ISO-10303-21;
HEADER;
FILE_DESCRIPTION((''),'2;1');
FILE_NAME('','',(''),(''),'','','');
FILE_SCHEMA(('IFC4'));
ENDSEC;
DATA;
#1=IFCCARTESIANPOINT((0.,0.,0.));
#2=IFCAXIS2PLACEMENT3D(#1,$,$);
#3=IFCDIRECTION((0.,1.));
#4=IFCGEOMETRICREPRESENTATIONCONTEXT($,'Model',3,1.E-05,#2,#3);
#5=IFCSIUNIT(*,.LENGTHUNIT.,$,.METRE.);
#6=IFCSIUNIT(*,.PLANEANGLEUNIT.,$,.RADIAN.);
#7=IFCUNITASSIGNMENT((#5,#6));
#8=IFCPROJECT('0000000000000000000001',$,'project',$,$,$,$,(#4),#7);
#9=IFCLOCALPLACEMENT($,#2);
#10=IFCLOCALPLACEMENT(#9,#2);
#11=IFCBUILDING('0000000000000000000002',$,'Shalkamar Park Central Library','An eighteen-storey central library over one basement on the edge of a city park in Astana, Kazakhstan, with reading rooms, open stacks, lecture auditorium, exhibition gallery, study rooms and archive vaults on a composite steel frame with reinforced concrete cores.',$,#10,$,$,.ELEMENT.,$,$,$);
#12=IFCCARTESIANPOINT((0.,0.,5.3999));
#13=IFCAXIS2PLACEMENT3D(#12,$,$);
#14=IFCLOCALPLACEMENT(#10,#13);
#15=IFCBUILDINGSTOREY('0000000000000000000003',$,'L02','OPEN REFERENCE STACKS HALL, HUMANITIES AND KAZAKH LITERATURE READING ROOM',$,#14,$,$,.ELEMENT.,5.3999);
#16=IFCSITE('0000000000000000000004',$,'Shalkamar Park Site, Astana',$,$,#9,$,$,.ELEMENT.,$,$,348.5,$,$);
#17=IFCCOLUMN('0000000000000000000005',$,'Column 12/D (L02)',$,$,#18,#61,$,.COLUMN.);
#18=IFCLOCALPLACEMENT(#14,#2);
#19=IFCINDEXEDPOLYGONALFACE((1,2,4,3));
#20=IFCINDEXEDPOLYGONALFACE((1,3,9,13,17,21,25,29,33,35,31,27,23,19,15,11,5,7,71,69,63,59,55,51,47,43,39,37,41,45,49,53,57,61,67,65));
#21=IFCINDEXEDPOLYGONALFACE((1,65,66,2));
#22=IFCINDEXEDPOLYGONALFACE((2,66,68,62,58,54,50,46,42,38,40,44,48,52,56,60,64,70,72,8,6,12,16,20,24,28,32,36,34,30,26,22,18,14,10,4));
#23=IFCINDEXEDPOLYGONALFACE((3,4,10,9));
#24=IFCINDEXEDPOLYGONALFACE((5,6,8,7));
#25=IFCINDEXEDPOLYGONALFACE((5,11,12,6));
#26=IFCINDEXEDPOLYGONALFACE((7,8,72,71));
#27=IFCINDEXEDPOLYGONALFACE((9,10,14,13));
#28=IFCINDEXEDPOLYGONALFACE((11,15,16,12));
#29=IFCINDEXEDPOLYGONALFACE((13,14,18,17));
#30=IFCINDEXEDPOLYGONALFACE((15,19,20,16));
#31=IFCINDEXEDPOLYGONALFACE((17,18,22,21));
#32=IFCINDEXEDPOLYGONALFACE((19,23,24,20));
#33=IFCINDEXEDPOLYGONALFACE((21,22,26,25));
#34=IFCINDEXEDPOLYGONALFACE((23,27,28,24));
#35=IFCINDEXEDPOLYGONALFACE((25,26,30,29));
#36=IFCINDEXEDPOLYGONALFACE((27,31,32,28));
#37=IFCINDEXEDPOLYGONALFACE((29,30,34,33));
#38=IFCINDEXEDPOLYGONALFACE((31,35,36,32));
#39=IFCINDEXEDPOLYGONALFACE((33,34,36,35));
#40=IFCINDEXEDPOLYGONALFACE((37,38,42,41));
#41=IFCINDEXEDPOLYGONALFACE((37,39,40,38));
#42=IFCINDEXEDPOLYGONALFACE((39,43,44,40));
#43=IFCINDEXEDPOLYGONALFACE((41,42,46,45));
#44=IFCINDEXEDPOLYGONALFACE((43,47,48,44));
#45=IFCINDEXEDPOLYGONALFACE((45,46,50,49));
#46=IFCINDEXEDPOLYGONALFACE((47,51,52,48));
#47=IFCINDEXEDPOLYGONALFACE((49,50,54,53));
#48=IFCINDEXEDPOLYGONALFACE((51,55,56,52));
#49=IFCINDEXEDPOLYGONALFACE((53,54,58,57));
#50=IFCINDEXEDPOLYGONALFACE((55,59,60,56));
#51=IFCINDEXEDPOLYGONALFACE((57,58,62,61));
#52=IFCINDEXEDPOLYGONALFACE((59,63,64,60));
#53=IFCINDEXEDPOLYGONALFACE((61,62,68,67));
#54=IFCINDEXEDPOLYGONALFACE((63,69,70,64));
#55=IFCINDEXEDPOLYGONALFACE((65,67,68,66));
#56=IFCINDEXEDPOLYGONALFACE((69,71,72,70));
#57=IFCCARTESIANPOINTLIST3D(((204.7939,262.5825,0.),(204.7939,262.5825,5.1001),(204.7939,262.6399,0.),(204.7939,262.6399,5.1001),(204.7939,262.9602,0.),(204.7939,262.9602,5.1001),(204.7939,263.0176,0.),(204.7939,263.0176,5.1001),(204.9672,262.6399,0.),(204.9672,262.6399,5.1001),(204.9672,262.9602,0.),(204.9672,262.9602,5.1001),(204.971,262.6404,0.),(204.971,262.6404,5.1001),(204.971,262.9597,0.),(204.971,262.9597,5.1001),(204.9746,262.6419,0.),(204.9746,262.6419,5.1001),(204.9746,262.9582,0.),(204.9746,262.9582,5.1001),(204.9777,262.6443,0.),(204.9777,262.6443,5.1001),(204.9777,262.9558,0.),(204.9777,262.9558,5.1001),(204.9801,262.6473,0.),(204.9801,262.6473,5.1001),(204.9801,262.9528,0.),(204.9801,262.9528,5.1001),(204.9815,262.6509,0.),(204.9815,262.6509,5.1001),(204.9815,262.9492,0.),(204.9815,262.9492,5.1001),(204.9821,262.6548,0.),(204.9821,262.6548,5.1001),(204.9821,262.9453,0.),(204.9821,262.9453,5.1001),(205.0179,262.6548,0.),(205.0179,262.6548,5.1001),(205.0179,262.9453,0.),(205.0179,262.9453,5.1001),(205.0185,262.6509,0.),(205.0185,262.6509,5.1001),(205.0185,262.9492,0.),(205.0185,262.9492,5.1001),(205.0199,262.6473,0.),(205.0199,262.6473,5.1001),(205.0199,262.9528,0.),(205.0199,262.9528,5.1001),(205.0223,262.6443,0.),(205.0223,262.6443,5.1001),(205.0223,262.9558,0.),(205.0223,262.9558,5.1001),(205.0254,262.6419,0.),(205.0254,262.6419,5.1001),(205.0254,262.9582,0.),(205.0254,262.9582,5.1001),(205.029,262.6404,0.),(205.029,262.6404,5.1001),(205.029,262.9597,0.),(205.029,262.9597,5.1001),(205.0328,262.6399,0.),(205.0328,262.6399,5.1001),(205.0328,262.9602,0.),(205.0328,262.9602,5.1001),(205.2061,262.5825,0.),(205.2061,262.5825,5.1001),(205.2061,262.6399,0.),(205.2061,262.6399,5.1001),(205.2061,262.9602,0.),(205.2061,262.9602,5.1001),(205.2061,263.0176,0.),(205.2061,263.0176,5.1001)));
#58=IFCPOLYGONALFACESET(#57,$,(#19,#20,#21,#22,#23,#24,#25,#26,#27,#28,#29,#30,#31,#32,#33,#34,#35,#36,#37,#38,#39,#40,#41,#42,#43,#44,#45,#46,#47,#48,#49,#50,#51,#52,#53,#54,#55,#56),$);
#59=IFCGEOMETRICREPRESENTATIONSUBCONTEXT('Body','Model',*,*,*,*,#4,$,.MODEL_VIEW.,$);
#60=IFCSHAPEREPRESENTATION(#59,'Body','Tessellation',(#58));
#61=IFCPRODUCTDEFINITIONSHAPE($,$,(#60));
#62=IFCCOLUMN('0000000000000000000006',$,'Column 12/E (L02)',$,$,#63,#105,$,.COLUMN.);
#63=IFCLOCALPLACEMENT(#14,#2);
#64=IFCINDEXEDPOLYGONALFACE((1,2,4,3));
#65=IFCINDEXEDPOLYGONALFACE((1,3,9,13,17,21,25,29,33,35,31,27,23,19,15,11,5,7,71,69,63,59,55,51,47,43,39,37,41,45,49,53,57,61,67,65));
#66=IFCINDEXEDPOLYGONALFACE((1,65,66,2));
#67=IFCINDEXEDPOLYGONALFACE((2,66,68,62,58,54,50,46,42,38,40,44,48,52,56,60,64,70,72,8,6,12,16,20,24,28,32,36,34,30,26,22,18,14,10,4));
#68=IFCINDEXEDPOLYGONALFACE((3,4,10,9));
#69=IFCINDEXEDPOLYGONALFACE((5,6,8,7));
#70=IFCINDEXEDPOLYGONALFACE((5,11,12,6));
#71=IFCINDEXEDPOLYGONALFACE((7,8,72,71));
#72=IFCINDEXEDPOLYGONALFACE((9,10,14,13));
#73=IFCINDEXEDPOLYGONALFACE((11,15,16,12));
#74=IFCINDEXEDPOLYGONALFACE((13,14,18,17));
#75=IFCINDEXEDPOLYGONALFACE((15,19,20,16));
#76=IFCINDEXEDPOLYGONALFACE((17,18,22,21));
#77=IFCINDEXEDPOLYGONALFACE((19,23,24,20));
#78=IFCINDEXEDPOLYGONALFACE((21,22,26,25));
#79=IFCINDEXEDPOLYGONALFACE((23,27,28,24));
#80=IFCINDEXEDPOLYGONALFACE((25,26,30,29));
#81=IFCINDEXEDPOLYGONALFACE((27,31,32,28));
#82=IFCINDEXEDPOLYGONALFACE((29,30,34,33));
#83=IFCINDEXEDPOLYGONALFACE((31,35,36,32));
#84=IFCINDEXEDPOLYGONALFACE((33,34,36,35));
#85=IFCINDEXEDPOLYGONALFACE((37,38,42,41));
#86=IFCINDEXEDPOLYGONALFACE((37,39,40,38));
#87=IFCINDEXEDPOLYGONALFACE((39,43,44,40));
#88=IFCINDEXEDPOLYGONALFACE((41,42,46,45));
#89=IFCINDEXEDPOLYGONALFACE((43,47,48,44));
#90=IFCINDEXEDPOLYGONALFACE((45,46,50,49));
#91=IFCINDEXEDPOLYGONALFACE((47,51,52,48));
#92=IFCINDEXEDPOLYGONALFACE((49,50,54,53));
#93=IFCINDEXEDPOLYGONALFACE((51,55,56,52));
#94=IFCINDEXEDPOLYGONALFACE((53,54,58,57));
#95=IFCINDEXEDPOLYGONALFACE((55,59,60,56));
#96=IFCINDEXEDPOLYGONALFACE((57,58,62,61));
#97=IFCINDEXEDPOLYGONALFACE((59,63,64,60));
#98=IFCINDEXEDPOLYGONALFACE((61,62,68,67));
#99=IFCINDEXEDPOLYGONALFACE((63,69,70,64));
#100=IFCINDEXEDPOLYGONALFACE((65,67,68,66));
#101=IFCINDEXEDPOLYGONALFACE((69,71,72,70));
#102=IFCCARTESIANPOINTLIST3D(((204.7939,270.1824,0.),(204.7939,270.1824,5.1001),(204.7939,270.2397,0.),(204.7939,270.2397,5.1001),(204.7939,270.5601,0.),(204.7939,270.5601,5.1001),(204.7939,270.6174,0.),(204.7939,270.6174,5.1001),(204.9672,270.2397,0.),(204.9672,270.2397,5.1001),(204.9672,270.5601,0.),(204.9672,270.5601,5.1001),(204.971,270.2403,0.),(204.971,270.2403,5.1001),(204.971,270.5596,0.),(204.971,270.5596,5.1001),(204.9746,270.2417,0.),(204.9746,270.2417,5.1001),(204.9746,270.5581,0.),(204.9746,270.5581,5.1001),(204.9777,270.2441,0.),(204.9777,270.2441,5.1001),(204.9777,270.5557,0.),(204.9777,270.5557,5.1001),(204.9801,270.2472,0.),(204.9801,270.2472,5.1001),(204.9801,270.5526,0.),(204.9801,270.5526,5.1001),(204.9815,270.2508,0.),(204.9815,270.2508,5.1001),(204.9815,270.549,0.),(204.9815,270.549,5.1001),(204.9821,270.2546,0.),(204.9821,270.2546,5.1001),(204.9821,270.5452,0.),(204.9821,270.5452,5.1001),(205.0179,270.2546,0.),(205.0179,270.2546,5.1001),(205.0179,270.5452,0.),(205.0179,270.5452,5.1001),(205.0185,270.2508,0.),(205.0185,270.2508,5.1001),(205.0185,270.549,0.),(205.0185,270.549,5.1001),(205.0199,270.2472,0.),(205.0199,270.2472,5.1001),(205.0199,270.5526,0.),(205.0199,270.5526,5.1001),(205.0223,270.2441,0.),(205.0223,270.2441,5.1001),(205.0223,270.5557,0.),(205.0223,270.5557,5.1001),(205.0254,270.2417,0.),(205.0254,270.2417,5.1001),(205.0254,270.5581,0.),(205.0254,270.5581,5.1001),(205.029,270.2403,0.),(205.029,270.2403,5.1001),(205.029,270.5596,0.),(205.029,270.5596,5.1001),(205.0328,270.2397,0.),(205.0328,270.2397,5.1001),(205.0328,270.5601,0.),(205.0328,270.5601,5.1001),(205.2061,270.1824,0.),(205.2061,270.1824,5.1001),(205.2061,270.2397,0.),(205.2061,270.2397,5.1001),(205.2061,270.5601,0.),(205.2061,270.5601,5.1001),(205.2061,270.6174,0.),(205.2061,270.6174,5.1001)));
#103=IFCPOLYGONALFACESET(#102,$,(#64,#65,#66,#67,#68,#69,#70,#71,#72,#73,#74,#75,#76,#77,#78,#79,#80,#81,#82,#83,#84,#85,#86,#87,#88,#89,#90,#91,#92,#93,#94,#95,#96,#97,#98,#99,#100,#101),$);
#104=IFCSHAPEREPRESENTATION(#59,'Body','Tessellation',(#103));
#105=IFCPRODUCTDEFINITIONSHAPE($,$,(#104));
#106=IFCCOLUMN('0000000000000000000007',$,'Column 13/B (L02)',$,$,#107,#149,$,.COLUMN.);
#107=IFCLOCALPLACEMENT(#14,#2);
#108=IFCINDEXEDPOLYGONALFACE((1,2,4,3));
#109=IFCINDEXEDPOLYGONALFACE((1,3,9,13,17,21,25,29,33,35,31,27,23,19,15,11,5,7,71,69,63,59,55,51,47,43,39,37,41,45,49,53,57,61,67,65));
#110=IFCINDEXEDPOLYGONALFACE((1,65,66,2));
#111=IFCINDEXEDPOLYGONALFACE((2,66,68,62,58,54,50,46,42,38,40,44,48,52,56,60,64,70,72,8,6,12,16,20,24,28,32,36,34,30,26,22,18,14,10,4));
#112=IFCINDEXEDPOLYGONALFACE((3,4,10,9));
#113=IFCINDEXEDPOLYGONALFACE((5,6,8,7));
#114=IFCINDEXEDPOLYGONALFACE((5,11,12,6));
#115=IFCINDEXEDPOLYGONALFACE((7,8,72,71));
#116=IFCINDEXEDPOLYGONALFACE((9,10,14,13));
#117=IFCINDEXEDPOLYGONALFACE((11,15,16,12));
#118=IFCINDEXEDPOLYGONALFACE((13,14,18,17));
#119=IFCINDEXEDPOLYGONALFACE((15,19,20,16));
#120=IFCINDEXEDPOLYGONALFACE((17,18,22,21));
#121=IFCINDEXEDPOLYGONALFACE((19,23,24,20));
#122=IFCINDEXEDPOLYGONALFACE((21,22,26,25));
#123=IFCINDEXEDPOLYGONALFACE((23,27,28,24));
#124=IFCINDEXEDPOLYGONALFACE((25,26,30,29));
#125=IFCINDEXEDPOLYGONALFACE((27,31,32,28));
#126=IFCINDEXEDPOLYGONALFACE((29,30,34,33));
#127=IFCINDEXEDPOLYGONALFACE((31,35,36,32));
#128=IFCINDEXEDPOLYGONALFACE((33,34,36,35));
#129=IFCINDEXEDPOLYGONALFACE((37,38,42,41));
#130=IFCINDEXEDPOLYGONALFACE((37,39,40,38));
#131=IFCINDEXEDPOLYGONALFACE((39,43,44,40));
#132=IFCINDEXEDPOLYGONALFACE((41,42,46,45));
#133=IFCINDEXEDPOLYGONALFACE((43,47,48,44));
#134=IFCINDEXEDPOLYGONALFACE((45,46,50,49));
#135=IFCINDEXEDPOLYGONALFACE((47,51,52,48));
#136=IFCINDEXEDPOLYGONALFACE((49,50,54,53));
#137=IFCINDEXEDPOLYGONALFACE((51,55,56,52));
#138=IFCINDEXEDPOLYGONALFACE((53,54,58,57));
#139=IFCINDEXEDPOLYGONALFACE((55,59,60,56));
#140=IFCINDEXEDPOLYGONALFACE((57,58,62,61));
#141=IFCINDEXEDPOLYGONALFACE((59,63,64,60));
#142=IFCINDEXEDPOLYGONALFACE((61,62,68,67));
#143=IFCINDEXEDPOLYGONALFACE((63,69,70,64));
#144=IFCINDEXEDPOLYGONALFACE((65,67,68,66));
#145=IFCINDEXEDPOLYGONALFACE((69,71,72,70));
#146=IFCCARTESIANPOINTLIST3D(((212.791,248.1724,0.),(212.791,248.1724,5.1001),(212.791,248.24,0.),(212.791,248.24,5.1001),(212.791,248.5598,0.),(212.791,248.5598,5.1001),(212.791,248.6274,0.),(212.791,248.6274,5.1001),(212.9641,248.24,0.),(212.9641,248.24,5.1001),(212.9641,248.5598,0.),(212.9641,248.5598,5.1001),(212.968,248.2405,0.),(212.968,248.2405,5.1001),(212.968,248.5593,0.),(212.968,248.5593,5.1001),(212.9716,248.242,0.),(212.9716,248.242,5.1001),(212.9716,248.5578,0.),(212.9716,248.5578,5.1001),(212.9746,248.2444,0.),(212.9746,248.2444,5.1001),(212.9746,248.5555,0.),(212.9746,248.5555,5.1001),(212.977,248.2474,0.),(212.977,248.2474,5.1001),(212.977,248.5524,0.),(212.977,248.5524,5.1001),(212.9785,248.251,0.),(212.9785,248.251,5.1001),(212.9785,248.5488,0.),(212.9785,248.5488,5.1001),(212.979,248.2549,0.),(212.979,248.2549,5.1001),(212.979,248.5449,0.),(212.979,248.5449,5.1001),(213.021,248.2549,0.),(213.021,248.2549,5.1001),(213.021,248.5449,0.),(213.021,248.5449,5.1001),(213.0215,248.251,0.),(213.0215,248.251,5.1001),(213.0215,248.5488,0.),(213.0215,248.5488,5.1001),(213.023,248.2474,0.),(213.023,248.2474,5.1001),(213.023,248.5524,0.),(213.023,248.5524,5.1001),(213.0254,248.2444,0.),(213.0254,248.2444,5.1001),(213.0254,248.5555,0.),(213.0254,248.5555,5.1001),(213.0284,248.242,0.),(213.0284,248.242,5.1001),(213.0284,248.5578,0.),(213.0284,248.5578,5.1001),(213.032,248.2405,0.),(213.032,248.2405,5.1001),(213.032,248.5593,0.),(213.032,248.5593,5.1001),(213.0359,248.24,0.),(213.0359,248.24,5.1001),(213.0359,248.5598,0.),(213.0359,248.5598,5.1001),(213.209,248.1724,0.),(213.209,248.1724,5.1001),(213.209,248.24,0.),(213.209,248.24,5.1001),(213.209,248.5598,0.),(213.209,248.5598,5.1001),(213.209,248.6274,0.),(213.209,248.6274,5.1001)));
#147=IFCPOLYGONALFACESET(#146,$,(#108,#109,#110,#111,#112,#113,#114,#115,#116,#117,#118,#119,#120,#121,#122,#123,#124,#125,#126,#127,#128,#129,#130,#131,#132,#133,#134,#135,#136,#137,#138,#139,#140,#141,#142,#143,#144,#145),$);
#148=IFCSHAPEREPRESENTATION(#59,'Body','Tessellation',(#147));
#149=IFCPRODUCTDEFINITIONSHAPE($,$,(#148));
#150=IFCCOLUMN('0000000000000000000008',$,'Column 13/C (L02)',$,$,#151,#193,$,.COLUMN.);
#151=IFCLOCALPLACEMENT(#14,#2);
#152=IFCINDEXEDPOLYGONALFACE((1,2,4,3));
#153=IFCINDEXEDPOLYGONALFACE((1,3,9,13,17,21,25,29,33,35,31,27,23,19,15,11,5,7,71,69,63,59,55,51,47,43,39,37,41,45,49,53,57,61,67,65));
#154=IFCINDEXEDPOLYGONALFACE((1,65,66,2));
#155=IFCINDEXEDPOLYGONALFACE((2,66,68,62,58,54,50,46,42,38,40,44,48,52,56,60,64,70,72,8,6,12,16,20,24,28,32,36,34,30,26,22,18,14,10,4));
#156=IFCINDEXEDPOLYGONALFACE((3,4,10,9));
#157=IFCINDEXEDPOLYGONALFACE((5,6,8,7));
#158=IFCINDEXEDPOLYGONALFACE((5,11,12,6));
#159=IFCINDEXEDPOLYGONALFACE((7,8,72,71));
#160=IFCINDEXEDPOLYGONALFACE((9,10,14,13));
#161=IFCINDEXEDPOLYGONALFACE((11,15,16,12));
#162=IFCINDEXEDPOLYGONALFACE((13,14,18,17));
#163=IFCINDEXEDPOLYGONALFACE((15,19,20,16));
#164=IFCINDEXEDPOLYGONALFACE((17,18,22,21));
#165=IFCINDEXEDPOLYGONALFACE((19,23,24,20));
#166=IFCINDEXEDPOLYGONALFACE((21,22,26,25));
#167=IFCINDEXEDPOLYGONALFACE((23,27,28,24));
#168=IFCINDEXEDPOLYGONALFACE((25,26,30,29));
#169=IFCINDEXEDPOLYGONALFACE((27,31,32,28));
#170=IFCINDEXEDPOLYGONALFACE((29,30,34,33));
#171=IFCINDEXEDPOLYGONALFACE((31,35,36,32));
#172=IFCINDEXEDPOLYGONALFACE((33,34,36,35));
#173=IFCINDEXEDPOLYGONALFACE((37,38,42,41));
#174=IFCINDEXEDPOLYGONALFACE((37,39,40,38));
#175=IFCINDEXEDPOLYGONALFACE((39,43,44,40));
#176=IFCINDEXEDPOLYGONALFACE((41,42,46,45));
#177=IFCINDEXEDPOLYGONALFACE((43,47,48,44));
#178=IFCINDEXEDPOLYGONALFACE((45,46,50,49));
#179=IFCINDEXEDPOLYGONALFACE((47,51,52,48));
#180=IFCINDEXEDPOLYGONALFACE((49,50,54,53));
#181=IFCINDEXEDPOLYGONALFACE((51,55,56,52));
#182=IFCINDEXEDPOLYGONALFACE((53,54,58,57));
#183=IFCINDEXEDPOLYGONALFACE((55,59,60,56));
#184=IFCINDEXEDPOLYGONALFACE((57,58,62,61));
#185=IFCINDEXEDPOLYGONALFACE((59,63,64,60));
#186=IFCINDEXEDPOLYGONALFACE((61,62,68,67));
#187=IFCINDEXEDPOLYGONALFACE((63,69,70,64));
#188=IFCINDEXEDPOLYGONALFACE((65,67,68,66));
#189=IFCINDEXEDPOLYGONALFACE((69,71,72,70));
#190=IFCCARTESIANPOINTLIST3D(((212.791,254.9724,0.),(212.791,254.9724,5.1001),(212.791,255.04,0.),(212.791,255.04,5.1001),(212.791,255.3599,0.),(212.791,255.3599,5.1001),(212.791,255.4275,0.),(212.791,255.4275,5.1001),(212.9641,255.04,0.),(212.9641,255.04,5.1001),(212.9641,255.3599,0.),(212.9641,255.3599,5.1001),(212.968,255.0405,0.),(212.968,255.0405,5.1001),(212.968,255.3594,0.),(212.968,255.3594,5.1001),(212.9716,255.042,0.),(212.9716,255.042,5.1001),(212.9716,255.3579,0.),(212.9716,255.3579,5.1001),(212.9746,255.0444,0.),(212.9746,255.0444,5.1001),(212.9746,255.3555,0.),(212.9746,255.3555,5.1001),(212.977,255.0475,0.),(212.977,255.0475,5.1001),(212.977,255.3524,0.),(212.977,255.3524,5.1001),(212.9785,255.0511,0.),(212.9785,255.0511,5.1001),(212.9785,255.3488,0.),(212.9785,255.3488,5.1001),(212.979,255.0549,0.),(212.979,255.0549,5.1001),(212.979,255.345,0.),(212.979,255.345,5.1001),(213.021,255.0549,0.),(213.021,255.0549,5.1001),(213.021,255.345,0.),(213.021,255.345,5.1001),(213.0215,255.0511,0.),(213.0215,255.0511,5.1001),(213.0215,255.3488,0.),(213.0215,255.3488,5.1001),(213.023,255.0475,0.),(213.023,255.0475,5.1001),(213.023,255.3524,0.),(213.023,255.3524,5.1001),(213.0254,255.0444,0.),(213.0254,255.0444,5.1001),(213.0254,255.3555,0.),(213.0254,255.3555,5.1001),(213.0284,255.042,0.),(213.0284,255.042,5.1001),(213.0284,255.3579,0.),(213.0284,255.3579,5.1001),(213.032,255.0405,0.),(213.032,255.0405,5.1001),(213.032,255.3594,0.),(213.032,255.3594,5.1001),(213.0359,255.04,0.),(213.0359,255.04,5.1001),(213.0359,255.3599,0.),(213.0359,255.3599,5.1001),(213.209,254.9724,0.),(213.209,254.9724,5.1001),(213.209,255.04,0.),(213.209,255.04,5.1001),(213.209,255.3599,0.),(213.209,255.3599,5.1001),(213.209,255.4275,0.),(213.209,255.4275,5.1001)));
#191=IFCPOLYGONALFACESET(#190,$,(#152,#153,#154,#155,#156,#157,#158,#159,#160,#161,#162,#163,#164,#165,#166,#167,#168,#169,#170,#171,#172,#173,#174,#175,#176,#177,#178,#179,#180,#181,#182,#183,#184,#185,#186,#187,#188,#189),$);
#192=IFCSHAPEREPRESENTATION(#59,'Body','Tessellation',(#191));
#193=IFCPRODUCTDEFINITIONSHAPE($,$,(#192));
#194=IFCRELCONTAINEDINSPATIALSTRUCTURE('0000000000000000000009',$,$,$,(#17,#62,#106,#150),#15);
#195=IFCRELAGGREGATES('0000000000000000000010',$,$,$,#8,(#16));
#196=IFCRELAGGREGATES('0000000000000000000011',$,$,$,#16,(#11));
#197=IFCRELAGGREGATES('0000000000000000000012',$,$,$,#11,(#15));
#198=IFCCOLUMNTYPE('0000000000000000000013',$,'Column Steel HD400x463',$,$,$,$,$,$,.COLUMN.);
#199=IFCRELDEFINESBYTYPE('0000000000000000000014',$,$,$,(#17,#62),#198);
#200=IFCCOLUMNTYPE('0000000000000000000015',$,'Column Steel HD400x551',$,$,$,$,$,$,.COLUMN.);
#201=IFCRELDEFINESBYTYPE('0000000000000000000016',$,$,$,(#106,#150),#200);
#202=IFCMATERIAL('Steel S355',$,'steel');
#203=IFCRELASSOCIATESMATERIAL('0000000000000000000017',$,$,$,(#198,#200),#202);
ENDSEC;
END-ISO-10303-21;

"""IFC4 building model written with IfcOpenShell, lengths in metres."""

from ifc_helpers import new_model, si_unit, direction, frame, origin, origin_2d, place, context, subcontext, project, spatial, i_section, extrude, material, material_profile, profile_set, type_object, element, save


model = new_model("IFC4")

# Units and contexts
model_context = context("Model", 3, precision=1e-05, world=origin(), true_north=direction((0.0, 1.0)))
body_context = subcontext(model_context, "Body", "Model", "MODEL_VIEW")
ifc_project = project(units=[si_unit("LENGTHUNIT", "METRE"), si_unit("PLANEANGLEUNIT", "RADIAN")], contexts=[model_context])

# Site, building, storey
site_placement = place(None, origin())
site = spatial("IfcSite", under=ifc_project, at=site_placement, Name="Shalkamar Park Site, Astana", CompositionType="ELEMENT", RefElevation=348.5)
building_placement = place(site_placement, origin())
building = spatial("IfcBuilding", under=site, at=building_placement, Name="Shalkamar Park Central Library", Description="An eighteen-storey central library over one basement on the edge of a city park in Astana, Kazakhstan, with reading rooms, open stacks, lecture auditorium, exhibition gallery, study rooms and archive vaults on a composite steel frame with reinforced concrete cores.", CompositionType="ELEMENT")
storey_placement = place(building_placement, frame((0.0, 0.0, 5.3999)))
storey = spatial("IfcBuildingStorey", under=building, at=storey_placement, Name="L02", Description="OPEN REFERENCE STACKS HALL, HUMANITIES AND KAZAKH LITERATURE READING ROOM", CompositionType="ELEMENT", Elevation=5.3999)

# Columns
ifc_material_1 = material(Name="Steel S355", Category="steel")
ifc_material_profile_1 = material_profile(ifc_material_1, i_section(OverallWidth=0.4121, OverallDepth=0.4351, WebThickness=0.0359, FlangeThickness=0.0574, FilletRadius=0.0149, at=origin_2d()), Name="HD 400x463")
ifc_profile_set_1 = profile_set([ifc_material_profile_1], Name="Steel S355")
column_type_1 = type_object("IfcColumnType", Name="Column Steel HD400x463", PredefinedType="COLUMN", material=ifc_profile_set_1)
for number, where, z_axis, x_axis, name in (
    (1, (205.0, 262.8, 0.0), (0.0, 0.0, 1.0), (1.0, 0.0, 0.0), "Column 12/D (L02)"),
    (2, (205.0, 270.3999, 0.0), (0.0, 0.0, 1.0), (1.0, 0.0, 0.0), "Column 12/E (L02)"),
):
    element("IfcColumn", number, at=place(storey_placement, frame(where, z_axis=z_axis, x_axis=x_axis)), inside=storey, type_object=column_type_1, Name=name, PredefinedType="COLUMN", context=body_context, shape_type="SweptSolid", body=[
        extrude(i_section(OverallWidth=0.4121, OverallDepth=0.4351, WebThickness=0.0359, FlangeThickness=0.0574, FilletRadius=0.0149, at=origin_2d()), origin(), (0.0, 0.0, 1.0), 5.1001),
    ])
ifc_material_profile_2 = material_profile(ifc_material_1, i_section(OverallWidth=0.418, OverallDepth=0.4551, WebThickness=0.042, FlangeThickness=0.0676, FilletRadius=0.0149, at=origin_2d()), Name="HD 400x551")
ifc_profile_set_2 = profile_set([ifc_material_profile_2], Name="Steel S355")
column_type_2 = type_object("IfcColumnType", Name="Column Steel HD400x551", PredefinedType="COLUMN", material=ifc_profile_set_2)
for number, where, z_axis, x_axis, name in (
    (3, (213.0, 248.3999, 0.0), (0.0, 0.0, 1.0), (1.0, 0.0, 0.0), "Column 13/B (L02)"),
    (4, (213.0, 255.2, 0.0), (0.0, 0.0, 1.0), (1.0, 0.0, 0.0), "Column 13/C (L02)"),
):
    element("IfcColumn", number, at=place(storey_placement, frame(where, z_axis=z_axis, x_axis=x_axis)), inside=storey, type_object=column_type_2, Name=name, PredefinedType="COLUMN", context=body_context, shape_type="SweptSolid", body=[
        extrude(i_section(OverallWidth=0.418, OverallDepth=0.4551, WebThickness=0.042, FlangeThickness=0.0676, FilletRadius=0.0149, at=origin_2d()), origin(), (0.0, 0.0, 1.0), 5.1001),
    ])

save(model, "model.ifc")
